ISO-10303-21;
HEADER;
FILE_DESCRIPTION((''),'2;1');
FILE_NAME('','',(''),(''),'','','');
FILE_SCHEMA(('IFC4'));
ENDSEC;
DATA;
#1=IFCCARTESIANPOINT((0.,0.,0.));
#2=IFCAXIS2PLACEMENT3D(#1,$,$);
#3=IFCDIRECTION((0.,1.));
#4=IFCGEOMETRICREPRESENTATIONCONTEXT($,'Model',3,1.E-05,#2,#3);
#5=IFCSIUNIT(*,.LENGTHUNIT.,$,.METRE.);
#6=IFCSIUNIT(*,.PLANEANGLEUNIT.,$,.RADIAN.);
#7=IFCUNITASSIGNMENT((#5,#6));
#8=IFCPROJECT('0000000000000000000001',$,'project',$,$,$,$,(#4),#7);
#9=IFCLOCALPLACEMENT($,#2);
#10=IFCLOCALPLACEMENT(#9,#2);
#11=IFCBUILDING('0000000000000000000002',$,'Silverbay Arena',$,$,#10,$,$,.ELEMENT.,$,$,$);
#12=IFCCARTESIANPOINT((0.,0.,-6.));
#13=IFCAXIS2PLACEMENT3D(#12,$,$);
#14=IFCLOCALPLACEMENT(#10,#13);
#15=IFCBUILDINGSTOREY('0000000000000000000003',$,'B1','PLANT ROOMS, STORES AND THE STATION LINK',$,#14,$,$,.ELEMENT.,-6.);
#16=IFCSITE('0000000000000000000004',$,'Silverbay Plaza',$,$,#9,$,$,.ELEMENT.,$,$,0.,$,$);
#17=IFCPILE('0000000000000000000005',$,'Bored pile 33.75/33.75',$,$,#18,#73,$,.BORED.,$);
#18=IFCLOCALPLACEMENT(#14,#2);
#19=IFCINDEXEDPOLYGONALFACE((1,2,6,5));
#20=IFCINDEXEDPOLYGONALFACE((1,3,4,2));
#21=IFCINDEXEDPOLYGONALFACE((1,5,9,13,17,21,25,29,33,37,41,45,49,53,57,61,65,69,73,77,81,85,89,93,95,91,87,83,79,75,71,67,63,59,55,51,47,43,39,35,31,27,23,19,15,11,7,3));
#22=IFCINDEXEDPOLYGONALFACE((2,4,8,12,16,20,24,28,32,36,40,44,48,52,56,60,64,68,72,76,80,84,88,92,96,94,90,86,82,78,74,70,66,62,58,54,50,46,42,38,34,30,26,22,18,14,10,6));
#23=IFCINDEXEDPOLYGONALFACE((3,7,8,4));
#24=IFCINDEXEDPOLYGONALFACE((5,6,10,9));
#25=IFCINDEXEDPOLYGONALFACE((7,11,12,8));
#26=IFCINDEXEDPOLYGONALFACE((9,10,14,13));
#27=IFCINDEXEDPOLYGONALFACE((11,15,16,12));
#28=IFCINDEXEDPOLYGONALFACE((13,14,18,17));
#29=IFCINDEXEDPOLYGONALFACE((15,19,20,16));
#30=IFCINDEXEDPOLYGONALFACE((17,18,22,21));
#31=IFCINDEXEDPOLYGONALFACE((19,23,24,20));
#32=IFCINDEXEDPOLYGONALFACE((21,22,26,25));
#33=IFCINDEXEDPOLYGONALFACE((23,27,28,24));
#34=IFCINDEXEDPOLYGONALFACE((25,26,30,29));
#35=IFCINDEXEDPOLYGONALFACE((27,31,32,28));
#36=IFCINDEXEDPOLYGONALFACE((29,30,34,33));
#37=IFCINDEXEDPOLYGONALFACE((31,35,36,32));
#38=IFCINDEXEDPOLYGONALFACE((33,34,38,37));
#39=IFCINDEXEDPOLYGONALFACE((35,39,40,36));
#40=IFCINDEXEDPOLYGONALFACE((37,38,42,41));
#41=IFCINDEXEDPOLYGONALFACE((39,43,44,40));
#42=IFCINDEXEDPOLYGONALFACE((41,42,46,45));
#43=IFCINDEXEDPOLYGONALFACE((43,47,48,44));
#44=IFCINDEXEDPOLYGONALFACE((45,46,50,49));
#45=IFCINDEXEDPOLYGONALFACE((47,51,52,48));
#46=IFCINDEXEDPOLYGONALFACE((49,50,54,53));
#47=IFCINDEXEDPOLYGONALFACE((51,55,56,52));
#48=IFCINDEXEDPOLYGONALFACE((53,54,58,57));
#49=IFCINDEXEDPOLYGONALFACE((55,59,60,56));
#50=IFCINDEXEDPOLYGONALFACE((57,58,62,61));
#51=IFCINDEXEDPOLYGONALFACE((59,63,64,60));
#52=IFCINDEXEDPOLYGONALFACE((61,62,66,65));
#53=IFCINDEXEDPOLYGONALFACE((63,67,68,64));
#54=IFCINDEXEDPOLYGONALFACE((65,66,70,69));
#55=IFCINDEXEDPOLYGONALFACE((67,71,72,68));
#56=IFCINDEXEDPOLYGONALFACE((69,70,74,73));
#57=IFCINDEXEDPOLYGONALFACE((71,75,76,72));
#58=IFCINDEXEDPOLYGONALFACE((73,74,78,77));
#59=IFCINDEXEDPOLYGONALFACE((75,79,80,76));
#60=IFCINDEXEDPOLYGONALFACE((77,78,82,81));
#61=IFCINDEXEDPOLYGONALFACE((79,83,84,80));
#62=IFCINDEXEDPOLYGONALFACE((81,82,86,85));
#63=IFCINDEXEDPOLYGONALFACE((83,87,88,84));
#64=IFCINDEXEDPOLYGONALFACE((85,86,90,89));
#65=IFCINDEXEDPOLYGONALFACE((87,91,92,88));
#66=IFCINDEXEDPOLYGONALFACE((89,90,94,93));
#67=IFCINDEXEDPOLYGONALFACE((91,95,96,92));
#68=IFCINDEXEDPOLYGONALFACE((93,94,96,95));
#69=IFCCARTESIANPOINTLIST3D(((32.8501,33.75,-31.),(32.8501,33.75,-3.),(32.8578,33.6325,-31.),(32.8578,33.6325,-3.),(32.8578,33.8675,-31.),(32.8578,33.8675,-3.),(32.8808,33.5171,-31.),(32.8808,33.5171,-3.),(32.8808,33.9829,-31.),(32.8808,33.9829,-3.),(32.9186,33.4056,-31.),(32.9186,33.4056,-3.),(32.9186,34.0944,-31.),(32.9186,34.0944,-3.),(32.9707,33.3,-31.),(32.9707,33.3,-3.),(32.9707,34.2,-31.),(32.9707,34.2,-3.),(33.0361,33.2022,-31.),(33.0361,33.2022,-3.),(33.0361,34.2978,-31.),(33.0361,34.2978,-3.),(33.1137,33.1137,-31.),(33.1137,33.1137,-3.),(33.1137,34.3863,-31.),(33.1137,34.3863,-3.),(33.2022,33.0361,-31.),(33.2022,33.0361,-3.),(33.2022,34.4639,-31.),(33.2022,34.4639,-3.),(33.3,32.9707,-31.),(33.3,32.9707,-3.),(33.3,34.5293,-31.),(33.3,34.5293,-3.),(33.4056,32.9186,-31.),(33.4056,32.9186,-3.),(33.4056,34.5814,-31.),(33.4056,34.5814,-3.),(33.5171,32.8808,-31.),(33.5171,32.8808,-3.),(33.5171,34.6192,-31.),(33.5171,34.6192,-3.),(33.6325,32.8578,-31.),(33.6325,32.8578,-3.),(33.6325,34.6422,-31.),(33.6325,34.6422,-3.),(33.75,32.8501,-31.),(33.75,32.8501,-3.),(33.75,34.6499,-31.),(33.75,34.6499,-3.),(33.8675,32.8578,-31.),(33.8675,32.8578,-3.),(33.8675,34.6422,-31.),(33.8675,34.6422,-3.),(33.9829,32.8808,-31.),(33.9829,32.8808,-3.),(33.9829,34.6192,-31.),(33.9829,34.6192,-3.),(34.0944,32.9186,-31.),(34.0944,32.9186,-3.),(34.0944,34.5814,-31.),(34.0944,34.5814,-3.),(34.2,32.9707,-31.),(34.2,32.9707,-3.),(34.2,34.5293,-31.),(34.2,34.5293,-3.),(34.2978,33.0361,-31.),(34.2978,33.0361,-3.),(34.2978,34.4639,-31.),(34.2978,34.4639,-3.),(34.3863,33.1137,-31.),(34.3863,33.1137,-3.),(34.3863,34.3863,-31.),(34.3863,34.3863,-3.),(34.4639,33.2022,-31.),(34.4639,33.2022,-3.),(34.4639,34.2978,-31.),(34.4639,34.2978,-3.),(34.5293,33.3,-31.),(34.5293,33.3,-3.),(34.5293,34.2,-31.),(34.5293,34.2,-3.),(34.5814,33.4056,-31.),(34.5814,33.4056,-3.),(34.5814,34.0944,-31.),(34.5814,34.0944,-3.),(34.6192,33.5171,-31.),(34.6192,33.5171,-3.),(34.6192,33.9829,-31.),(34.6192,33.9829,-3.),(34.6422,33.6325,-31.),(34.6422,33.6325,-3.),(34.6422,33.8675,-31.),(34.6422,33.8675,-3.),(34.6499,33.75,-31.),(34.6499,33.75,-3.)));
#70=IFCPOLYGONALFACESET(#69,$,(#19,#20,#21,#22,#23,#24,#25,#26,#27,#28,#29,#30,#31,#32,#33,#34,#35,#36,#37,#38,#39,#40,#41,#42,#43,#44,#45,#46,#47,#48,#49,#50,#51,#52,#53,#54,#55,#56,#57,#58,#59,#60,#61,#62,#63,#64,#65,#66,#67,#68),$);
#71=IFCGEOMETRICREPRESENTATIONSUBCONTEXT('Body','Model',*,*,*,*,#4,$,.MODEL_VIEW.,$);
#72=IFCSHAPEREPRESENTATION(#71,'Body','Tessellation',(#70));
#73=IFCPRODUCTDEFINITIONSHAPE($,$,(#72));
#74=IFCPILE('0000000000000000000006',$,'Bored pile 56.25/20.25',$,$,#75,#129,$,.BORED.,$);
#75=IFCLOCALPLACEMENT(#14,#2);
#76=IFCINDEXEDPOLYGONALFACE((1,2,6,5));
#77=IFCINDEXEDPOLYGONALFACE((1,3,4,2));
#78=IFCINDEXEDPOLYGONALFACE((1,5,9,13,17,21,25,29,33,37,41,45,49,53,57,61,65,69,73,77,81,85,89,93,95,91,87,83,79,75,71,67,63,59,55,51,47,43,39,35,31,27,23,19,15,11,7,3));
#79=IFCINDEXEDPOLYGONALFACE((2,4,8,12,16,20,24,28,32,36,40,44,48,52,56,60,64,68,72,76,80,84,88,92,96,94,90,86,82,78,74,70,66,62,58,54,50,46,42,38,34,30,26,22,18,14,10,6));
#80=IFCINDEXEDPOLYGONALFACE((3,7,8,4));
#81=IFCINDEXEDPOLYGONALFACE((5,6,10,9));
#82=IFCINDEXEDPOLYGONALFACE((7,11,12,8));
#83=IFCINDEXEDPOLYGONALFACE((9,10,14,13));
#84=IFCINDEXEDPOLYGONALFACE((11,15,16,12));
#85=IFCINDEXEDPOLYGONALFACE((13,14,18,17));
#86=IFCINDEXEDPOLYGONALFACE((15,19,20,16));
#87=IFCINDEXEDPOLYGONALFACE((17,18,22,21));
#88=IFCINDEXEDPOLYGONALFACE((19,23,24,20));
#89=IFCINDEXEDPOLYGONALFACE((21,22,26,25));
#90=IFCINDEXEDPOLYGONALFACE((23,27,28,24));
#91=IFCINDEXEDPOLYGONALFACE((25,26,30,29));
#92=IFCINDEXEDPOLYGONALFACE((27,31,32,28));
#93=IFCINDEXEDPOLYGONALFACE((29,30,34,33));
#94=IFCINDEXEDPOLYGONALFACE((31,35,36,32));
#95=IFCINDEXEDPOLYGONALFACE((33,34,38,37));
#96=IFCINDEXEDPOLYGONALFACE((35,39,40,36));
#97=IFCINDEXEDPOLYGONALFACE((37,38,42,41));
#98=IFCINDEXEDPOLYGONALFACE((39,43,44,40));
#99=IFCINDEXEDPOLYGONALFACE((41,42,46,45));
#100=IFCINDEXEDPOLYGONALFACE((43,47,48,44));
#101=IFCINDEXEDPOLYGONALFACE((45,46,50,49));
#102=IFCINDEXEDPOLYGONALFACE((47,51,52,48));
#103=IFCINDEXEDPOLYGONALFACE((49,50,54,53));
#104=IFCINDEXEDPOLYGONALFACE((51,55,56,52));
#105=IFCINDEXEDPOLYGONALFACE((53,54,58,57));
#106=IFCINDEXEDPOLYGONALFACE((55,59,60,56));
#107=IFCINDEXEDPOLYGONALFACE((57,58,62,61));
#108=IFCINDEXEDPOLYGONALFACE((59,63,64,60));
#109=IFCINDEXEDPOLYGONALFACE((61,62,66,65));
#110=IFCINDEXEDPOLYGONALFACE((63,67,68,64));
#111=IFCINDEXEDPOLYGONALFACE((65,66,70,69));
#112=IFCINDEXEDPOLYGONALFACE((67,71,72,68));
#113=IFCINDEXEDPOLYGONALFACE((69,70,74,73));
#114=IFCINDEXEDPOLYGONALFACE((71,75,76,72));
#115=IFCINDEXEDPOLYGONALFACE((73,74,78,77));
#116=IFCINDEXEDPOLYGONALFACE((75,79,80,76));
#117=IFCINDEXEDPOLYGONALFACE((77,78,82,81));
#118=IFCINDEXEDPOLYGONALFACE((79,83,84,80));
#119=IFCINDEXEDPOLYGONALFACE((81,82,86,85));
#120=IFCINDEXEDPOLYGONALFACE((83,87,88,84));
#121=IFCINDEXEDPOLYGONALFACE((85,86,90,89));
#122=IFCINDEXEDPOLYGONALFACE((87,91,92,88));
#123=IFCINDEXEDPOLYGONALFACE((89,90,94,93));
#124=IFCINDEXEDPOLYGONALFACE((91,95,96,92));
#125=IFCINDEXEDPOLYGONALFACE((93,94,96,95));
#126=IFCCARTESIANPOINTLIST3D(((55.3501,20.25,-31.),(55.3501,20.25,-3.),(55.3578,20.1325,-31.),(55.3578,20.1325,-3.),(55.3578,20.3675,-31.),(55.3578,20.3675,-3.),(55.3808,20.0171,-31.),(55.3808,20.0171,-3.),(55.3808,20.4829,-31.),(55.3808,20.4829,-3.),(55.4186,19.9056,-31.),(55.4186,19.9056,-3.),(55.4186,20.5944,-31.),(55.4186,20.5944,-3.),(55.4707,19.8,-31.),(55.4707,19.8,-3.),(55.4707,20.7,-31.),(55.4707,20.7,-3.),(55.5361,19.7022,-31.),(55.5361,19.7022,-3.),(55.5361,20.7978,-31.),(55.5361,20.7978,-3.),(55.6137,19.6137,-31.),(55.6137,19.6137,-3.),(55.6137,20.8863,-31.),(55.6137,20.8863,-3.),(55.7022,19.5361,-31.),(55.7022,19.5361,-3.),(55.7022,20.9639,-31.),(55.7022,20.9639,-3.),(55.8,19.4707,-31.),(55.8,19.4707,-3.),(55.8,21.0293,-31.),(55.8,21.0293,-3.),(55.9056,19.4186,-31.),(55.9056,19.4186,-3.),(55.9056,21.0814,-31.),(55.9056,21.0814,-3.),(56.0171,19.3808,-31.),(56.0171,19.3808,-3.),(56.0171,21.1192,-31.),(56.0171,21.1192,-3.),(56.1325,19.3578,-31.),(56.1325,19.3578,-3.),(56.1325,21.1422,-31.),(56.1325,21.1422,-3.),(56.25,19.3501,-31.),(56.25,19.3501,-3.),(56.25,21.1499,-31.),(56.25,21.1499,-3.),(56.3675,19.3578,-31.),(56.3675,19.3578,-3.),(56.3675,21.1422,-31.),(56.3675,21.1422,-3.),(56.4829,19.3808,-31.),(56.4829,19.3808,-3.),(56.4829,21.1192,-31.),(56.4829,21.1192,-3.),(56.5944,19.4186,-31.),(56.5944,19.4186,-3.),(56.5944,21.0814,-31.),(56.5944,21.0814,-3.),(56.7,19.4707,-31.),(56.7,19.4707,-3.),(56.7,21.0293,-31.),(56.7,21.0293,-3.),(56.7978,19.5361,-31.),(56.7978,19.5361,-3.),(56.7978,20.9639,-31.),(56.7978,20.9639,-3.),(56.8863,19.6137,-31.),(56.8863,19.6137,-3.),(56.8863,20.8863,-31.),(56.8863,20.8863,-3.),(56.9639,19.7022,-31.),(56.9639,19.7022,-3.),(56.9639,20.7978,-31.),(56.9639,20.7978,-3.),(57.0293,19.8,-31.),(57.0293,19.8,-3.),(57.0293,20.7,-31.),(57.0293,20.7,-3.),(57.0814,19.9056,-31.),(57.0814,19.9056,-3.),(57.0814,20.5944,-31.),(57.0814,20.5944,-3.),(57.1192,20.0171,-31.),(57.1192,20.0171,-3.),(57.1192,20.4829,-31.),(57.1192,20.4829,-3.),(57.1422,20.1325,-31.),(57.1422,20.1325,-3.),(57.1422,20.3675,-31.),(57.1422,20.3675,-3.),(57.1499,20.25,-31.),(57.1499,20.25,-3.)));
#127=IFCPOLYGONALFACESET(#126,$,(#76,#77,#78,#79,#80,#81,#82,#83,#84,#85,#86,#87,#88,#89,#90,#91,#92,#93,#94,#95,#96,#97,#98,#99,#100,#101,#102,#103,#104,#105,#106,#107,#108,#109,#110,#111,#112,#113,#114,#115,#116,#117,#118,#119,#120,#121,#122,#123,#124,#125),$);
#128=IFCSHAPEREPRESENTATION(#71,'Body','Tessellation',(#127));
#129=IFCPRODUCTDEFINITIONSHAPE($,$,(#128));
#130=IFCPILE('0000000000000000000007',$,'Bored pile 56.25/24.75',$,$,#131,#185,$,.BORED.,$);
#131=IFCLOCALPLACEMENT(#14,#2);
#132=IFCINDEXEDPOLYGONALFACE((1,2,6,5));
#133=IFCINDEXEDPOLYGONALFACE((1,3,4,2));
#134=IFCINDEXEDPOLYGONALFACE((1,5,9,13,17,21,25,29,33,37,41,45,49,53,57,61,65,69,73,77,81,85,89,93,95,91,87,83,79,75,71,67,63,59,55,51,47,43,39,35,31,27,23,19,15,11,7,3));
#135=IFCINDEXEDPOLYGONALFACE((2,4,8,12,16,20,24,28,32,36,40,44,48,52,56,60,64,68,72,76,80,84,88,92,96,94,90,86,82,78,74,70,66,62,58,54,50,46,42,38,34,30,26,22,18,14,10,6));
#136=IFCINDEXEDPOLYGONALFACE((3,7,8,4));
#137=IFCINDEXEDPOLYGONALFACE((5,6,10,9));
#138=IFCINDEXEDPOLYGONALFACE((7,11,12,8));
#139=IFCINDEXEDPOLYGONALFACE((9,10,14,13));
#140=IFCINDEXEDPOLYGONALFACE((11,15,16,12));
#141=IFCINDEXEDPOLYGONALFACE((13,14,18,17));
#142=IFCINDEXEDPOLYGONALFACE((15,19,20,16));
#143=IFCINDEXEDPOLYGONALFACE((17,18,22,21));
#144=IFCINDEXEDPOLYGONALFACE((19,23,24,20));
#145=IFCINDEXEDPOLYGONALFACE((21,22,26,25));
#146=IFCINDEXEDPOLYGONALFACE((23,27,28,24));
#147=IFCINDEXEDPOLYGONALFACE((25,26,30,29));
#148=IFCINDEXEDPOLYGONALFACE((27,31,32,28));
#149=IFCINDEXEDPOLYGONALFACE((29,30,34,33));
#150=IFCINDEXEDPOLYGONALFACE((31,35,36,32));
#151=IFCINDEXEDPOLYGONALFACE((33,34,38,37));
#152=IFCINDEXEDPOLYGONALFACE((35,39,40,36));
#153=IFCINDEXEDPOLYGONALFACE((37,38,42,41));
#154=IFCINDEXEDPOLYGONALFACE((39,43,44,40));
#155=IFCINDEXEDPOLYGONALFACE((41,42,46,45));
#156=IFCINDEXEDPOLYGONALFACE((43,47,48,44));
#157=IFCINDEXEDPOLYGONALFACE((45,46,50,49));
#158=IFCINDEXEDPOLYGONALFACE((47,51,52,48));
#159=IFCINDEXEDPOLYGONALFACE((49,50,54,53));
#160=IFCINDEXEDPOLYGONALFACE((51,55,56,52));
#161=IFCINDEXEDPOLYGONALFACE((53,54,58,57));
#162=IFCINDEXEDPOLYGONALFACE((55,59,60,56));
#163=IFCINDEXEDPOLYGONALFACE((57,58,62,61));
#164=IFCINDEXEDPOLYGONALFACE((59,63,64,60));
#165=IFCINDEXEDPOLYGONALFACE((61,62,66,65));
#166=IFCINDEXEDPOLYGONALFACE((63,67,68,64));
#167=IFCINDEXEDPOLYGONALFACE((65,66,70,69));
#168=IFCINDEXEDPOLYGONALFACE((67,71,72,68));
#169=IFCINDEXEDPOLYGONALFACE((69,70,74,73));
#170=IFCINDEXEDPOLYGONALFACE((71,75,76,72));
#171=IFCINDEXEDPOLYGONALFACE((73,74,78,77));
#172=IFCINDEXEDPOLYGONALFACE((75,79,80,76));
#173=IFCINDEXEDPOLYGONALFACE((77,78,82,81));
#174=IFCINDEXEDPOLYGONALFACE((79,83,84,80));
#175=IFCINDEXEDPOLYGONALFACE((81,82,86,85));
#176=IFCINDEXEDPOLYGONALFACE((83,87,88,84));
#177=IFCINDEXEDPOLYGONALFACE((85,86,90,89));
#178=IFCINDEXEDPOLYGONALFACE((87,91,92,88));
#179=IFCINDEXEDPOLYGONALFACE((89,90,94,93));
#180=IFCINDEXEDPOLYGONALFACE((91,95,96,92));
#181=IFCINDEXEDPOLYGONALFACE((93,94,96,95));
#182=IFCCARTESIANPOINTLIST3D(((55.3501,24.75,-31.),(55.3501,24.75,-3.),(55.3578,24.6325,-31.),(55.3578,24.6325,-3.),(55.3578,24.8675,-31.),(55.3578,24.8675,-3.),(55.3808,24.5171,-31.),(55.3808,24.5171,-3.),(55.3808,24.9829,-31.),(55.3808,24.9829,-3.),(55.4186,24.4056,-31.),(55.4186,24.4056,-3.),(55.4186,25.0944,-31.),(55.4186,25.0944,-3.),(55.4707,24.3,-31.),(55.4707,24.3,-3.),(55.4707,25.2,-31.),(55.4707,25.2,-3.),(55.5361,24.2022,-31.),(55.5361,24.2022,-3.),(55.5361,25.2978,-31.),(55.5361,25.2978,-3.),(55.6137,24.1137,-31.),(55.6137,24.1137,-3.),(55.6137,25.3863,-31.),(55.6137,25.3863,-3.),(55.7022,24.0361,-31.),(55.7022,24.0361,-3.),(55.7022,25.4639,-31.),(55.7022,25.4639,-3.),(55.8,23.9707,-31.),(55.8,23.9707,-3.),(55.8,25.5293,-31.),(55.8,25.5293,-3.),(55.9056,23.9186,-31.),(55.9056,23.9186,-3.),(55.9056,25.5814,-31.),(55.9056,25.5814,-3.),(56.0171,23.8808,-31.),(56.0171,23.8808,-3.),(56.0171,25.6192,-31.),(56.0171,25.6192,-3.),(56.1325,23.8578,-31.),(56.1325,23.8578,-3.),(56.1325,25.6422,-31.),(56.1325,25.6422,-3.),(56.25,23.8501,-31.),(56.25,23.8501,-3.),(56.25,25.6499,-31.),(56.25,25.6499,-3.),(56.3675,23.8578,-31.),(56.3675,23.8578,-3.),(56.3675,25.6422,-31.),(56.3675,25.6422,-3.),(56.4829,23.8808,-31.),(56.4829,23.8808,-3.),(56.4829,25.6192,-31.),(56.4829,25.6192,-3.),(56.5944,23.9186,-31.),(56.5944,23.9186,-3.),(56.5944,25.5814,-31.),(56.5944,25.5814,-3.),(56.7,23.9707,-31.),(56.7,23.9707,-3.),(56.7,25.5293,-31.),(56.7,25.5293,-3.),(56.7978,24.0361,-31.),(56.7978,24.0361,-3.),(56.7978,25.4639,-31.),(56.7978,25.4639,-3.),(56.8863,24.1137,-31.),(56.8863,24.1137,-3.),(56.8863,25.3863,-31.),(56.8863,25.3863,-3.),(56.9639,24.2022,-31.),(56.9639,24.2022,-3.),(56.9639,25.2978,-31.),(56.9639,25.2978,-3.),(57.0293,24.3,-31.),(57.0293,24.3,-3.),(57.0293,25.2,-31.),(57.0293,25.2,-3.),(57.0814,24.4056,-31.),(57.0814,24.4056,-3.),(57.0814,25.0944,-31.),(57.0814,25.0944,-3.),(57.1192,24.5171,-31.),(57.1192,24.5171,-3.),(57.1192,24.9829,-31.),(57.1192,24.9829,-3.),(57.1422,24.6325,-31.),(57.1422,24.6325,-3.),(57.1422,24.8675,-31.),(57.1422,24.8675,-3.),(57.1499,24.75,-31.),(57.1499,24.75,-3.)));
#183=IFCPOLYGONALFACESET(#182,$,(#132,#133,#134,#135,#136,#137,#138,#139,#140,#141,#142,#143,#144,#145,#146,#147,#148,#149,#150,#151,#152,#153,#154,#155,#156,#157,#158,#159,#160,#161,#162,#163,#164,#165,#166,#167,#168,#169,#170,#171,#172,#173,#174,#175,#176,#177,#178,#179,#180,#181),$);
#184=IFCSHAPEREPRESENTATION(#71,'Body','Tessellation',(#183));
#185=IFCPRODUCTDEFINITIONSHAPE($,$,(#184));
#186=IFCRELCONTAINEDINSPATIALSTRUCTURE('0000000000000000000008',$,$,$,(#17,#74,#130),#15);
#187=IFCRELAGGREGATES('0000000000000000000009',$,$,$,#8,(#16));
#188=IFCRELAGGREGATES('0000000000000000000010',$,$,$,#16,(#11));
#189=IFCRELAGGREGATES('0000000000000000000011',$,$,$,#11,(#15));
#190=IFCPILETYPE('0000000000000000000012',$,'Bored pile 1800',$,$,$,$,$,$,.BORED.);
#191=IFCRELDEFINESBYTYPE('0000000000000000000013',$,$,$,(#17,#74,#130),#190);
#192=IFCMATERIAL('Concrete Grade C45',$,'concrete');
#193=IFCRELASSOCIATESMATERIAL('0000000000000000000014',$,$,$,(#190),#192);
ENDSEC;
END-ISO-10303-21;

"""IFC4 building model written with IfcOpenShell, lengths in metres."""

from ifc_helpers import new_model, si_unit, direction, frame, origin, origin_2d, place, context, subcontext, project, spatial, circle, extrude, material, material_profile, profile_set, type_object, element, save


model = new_model("IFC4")

# Units and contexts
model_context = context("Model", 3, precision=1e-05, world=origin(), true_north=direction((0.0, 1.0)))
body_context = subcontext(model_context, "Body", "Model", "MODEL_VIEW")
ifc_project = project(units=[si_unit("LENGTHUNIT", "METRE"), si_unit("PLANEANGLEUNIT", "RADIAN")], contexts=[model_context])

# Site, building, storey
site_placement = place(None, origin())
site = spatial("IfcSite", under=ifc_project, at=site_placement, Name="Silverbay Plaza", CompositionType="ELEMENT", RefElevation=0.0)
building_placement = place(site_placement, origin())
building = spatial("IfcBuilding", under=site, at=building_placement, Name="Silverbay Arena", CompositionType="ELEMENT")
storey_placement = place(building_placement, frame((0.0, 0.0, -6.0)))
storey = spatial("IfcBuildingStorey", under=building, at=storey_placement, Name="B1", Description="PLANT ROOMS, STORES AND THE STATION LINK", CompositionType="ELEMENT", Elevation=-6.0)

# Piles
ifc_material_1 = material(Name="Concrete Grade C45", Category="concrete")
ifc_material_profile_1 = material_profile(ifc_material_1, circle(Radius=0.8999, at=origin_2d()), Name="Bored pile 1800")
ifc_profile_set_1 = profile_set([ifc_material_profile_1], Name="Concrete Grade C45")
pile_type_1 = type_object("IfcPileType", Name="Bored pile 1800", PredefinedType="BORED", material=ifc_profile_set_1)
for number, where, z_axis, x_axis, name in (
    (1, (33.75, 33.75, -3.0), (0.0, 0.0, -1.0), (1.0, 0.0, 0.0), "Bored pile 33.75/33.75"),
    (2, (56.25, 20.25, -3.0), (0.0, 0.0, -1.0), (1.0, 0.0, 0.0), "Bored pile 56.25/20.25"),
    (3, (56.25, 24.75, -3.0), (0.0, 0.0, -1.0), (1.0, 0.0, 0.0), "Bored pile 56.25/24.75"),
):
    element("IfcPile", number, at=place(storey_placement, frame(where, z_axis=z_axis, x_axis=x_axis)), inside=storey, type_object=pile_type_1, Name=name, PredefinedType="BORED", context=body_context, shape_type="SweptSolid", body=[
        extrude(circle(Radius=0.8999, at=origin_2d()), origin(), (0.0, 0.0, 1.0), 28.0),
    ])

save(model, "model.ifc")
